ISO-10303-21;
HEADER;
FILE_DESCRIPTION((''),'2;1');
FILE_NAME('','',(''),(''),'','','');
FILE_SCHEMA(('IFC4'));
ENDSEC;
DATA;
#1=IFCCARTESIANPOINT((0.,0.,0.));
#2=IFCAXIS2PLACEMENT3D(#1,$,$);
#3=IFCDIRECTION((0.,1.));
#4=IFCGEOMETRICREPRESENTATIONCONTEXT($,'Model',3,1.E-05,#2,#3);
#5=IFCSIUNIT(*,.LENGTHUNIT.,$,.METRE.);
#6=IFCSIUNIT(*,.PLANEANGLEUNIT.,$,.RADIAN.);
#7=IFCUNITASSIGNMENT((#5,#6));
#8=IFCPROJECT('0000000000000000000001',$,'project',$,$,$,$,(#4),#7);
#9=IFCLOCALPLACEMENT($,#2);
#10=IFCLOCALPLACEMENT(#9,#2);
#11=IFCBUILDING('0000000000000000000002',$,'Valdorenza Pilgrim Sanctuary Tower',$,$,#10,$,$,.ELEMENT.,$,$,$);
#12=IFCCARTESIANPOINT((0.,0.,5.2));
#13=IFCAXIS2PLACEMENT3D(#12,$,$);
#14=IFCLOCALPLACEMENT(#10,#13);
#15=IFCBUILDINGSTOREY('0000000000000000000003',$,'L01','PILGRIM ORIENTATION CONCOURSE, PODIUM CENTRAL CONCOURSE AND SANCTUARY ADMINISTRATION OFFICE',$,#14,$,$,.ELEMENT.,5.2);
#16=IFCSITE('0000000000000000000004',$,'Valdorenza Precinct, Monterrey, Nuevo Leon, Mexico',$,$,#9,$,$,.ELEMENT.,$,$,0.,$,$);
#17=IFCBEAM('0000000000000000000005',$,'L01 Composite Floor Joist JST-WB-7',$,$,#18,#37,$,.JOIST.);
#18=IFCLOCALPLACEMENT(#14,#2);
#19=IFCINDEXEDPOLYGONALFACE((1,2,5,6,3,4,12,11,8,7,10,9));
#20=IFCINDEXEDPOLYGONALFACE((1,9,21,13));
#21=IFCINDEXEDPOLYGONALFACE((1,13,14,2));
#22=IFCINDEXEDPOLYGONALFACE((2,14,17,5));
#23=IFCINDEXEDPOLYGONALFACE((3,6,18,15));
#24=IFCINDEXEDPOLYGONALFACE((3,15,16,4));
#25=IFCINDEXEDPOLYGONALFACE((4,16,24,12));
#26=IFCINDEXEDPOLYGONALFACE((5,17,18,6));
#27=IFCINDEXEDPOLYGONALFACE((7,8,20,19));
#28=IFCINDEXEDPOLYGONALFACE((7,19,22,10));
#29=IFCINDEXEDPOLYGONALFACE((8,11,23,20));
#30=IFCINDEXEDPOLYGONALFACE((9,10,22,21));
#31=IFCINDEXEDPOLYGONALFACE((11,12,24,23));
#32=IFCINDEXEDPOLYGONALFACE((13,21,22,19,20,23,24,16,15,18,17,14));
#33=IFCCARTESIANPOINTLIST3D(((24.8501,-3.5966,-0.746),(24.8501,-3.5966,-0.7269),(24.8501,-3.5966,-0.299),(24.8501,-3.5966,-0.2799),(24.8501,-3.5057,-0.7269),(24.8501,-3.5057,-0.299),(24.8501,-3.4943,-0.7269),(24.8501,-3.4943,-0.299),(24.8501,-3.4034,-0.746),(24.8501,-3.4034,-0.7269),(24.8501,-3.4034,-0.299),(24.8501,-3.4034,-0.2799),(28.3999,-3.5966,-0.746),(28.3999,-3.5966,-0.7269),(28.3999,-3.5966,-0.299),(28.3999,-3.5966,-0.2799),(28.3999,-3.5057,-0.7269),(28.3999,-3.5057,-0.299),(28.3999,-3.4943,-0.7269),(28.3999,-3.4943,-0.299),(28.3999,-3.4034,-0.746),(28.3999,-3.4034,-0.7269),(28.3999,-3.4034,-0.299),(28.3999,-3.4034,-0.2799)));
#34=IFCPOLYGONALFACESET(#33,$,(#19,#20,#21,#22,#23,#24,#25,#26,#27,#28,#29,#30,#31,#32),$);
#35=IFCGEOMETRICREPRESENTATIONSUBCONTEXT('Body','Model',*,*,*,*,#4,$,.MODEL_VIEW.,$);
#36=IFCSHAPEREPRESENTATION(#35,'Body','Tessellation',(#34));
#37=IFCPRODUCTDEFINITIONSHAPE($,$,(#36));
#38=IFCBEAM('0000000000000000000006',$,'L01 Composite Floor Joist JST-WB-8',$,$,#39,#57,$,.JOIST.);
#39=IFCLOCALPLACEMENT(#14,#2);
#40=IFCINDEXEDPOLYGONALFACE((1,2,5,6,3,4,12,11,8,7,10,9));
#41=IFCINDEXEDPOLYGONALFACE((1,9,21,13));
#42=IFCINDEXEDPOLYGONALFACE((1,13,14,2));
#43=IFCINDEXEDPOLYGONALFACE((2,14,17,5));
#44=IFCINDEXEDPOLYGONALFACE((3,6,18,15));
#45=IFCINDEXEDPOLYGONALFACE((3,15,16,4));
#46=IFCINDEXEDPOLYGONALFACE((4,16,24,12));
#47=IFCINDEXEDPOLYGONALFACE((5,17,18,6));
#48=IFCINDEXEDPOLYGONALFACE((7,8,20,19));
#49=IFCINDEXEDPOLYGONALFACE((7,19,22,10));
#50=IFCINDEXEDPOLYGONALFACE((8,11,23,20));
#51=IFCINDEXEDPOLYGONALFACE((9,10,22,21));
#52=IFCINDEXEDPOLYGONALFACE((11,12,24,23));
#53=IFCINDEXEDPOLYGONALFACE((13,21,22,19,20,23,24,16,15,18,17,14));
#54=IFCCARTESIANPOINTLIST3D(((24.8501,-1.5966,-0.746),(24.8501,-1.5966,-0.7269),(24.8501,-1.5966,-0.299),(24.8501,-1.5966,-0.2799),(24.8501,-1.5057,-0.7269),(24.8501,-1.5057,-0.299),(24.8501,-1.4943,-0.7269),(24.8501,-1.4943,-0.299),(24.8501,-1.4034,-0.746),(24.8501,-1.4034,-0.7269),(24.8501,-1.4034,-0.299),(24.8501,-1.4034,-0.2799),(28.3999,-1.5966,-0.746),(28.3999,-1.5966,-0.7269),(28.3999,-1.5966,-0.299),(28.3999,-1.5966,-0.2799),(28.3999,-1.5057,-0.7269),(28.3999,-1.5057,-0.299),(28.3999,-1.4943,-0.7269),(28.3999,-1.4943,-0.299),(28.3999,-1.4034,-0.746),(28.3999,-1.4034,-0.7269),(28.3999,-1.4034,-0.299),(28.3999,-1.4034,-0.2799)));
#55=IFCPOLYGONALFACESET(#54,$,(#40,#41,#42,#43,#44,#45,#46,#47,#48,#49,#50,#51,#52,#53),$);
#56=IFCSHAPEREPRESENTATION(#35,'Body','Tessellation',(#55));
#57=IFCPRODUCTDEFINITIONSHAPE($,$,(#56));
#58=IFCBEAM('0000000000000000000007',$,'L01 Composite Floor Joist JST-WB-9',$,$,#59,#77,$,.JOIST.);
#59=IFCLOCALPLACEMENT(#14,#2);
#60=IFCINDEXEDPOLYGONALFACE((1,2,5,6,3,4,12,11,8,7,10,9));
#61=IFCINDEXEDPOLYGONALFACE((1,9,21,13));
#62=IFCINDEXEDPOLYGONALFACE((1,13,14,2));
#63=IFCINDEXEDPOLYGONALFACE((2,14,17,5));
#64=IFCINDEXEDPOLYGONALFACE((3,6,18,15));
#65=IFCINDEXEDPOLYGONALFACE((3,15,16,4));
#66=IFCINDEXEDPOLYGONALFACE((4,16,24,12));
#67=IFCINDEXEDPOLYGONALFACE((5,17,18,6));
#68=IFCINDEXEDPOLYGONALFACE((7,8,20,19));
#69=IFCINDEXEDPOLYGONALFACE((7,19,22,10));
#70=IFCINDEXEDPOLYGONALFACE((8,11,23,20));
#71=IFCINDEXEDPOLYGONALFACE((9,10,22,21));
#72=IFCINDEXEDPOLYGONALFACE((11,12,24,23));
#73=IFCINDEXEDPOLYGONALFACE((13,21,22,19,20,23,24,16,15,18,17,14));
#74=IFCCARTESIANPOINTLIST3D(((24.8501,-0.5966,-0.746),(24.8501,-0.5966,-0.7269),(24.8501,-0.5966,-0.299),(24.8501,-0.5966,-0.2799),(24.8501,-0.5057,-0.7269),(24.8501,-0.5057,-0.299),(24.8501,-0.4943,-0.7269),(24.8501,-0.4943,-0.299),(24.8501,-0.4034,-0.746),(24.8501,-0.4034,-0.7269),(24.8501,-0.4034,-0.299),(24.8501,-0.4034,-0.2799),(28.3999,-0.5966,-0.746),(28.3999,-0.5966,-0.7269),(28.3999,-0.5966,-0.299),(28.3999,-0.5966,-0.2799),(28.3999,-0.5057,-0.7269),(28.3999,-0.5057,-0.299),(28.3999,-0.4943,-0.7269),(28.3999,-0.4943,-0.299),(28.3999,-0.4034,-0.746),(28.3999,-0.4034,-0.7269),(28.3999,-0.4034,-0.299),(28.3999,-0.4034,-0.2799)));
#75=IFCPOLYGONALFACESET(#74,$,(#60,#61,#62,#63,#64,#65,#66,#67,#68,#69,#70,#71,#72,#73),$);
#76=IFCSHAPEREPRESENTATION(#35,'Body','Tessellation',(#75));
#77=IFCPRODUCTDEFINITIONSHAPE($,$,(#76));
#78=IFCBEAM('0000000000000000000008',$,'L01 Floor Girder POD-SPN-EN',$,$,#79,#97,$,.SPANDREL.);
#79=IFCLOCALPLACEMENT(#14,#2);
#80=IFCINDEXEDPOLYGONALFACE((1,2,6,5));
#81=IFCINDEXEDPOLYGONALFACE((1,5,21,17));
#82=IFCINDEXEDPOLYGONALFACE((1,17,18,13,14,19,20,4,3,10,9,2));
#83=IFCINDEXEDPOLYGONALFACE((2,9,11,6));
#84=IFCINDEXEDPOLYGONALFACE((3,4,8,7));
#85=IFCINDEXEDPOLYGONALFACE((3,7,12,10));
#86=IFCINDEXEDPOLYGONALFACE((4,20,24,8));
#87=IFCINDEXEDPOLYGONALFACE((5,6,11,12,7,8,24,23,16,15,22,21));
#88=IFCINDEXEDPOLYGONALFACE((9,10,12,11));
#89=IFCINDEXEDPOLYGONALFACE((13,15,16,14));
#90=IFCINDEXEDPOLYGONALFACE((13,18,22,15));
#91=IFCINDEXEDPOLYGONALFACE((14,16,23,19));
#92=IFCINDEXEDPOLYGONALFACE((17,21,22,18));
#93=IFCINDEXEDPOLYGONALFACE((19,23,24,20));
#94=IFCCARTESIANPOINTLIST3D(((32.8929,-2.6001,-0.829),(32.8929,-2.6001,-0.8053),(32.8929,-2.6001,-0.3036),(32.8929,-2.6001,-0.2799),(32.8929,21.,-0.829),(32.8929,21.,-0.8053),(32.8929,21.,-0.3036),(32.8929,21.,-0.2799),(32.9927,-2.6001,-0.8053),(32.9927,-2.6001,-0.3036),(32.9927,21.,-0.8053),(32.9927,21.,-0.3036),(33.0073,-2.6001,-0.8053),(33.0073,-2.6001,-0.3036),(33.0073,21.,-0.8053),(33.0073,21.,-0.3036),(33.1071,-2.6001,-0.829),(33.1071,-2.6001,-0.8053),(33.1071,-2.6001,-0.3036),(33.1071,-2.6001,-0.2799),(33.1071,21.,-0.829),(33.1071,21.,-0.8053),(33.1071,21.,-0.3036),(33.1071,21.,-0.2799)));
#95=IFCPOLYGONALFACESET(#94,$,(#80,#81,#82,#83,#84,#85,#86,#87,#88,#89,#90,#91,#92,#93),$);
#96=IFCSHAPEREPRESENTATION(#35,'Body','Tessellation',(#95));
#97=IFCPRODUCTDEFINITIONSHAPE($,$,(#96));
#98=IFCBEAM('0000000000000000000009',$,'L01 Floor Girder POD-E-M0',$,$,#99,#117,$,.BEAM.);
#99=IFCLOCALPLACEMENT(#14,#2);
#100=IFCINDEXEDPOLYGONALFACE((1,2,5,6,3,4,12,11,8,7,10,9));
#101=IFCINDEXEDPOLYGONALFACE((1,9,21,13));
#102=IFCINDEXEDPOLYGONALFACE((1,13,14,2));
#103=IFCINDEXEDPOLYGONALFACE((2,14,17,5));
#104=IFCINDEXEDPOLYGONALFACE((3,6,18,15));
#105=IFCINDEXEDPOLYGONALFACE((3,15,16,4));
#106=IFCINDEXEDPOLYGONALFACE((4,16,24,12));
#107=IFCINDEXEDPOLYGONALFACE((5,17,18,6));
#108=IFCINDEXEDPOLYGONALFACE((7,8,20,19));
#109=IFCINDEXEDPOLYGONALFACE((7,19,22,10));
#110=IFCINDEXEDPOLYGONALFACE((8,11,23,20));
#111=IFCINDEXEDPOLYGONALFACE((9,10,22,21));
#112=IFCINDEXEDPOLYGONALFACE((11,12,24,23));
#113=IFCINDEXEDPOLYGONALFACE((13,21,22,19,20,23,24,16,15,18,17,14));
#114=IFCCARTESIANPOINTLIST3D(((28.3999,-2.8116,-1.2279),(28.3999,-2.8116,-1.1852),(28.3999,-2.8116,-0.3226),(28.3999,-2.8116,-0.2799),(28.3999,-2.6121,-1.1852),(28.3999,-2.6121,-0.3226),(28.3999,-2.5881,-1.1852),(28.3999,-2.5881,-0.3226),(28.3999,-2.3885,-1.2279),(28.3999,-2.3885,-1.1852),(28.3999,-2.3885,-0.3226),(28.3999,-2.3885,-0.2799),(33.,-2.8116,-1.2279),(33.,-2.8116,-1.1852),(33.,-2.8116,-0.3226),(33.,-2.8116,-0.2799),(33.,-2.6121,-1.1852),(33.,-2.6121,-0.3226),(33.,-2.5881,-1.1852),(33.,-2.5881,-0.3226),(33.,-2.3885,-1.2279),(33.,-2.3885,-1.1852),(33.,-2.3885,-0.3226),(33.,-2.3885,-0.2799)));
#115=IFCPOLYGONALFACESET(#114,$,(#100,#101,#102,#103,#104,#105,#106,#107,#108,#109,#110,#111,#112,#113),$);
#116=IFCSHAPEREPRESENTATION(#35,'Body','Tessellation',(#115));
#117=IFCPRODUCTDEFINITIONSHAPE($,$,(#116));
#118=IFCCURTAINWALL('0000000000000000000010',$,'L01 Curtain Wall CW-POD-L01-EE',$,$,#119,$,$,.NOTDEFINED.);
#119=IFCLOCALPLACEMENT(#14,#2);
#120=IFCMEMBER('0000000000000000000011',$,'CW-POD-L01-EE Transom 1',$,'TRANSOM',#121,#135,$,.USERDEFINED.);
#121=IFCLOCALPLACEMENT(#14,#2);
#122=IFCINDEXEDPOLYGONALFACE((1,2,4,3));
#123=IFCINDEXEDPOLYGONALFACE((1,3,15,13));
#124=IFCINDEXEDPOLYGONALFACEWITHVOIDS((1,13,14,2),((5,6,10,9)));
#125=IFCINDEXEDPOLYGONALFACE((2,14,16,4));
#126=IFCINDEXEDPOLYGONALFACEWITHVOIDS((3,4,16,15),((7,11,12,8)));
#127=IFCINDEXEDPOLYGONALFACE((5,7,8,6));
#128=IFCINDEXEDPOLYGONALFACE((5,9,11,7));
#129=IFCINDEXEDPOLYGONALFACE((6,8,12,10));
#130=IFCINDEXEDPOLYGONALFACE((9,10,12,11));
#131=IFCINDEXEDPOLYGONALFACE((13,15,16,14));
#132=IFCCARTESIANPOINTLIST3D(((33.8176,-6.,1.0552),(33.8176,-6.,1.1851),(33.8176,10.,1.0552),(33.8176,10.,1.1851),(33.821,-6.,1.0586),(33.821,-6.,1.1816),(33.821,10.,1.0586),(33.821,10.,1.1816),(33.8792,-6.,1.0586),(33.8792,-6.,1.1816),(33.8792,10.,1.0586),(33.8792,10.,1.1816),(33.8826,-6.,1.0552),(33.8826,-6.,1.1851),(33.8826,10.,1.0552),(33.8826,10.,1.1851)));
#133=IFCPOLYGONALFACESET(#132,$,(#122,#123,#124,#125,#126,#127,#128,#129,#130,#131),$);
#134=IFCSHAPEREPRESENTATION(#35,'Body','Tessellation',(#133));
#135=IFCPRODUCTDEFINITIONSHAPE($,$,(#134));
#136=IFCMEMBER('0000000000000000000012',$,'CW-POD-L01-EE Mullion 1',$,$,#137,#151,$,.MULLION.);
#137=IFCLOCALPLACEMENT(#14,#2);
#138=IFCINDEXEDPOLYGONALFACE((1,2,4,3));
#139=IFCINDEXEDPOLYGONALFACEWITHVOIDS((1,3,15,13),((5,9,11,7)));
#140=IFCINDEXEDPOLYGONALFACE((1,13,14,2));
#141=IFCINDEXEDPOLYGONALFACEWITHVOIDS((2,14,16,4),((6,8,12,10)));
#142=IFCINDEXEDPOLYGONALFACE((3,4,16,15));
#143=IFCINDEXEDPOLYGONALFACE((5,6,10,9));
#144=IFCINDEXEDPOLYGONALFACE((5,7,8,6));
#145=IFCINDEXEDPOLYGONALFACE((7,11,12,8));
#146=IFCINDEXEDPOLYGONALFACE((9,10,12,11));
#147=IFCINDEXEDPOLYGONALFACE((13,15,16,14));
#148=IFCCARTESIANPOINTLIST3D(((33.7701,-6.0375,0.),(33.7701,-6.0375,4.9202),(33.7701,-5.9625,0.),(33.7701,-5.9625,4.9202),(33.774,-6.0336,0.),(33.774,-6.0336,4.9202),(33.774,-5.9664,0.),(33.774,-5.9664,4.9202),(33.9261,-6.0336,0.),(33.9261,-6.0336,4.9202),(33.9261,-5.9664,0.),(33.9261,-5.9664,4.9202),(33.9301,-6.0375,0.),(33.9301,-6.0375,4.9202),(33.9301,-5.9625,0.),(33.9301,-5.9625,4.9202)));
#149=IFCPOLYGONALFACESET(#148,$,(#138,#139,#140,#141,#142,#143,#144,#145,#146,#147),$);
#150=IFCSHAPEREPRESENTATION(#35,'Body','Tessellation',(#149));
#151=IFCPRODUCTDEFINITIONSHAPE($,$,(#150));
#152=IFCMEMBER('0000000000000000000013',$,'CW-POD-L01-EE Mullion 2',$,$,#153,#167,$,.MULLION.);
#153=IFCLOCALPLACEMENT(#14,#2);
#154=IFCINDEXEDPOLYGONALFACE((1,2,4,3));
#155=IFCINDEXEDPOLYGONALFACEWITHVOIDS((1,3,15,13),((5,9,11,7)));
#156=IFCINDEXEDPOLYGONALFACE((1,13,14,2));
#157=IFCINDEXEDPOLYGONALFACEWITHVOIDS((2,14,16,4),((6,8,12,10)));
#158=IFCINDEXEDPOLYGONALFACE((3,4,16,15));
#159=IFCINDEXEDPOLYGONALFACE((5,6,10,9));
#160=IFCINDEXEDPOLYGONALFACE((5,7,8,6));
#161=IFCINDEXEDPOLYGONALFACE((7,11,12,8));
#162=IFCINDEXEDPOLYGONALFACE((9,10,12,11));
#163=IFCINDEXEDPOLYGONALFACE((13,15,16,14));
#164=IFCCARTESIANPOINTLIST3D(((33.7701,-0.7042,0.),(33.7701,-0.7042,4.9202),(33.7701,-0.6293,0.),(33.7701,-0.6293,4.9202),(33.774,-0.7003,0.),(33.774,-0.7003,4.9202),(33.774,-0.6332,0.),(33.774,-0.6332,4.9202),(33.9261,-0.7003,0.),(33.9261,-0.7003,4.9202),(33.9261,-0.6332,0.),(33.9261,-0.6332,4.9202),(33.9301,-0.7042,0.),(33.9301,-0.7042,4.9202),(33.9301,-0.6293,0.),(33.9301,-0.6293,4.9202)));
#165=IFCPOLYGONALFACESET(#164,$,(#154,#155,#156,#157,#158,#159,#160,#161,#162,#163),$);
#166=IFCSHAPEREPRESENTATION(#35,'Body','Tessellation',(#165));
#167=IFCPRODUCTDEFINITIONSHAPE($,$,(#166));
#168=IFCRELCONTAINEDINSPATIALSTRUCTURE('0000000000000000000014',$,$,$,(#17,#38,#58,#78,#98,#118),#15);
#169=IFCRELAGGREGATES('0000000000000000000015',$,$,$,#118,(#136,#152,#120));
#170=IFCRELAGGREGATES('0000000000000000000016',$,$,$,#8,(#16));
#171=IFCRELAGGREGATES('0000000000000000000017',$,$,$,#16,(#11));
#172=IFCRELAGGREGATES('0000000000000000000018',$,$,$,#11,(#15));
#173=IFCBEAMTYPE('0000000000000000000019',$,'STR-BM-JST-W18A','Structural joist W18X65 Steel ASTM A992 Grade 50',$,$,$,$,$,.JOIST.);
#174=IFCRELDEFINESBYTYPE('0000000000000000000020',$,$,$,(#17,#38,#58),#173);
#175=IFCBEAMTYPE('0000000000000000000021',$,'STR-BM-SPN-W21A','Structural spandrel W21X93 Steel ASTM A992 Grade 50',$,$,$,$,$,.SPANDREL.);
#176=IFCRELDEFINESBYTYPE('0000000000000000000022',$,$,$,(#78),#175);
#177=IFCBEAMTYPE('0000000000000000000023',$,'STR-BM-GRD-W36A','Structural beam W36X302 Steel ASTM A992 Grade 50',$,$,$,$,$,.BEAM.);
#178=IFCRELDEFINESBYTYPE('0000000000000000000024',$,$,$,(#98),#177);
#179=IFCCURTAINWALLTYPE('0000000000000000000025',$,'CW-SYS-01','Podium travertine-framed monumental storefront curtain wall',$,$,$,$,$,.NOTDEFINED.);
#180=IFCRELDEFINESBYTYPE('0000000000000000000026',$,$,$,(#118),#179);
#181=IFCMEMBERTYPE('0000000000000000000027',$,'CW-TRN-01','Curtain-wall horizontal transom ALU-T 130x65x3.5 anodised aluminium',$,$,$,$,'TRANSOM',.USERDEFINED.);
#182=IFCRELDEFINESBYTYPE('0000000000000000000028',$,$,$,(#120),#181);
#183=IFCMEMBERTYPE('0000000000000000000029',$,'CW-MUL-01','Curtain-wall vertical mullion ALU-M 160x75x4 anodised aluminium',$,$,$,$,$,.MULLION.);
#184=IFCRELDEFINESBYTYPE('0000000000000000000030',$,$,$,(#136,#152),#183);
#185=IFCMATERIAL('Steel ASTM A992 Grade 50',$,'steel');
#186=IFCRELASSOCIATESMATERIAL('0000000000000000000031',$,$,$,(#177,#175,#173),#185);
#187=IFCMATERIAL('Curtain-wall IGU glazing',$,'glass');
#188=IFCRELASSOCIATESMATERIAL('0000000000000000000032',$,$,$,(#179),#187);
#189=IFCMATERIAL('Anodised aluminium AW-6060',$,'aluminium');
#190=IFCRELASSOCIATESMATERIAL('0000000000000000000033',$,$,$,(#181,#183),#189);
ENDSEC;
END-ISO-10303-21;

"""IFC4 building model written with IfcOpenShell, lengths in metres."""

from ifc_helpers import new_model, si_unit, direction, frame, origin, origin_2d, place, context, subcontext, project, spatial, hollow_rectangle, i_section, extrude, source, transform, mapped, material, material_profile, profile_set, type_object, element, aggregate, save


model = new_model("IFC4")

# Units and contexts
model_context = context("Model", 3, precision=1e-05, world=origin(), true_north=direction((0.0, 1.0)))
body_context = subcontext(model_context, "Body", "Model", "MODEL_VIEW")
ifc_project = project(units=[si_unit("LENGTHUNIT", "METRE"), si_unit("PLANEANGLEUNIT", "RADIAN")], contexts=[model_context])

# Site, building, storey
site_placement = place(None, origin())
site = spatial("IfcSite", under=ifc_project, at=site_placement, Name="Valdorenza Precinct, Monterrey, Nuevo Leon, Mexico", CompositionType="ELEMENT", RefElevation=0.0)
building_placement = place(site_placement, origin())
building = spatial("IfcBuilding", under=site, at=building_placement, Name="Valdorenza Pilgrim Sanctuary Tower", CompositionType="ELEMENT")
storey_placement = place(building_placement, frame((0.0, 0.0, 5.2)))
storey = spatial("IfcBuildingStorey", under=building, at=storey_placement, Name="L01", Description="PILGRIM ORIENTATION CONCOURSE, PODIUM CENTRAL CONCOURSE AND SANCTUARY ADMINISTRATION OFFICE", CompositionType="ELEMENT", Elevation=5.2)

# Beams
ifc_material_1 = material(Name="Steel ASTM A992 Grade 50", Category="steel")
ifc_material_profile_1 = material_profile(ifc_material_1, i_section(OverallWidth=0.4231, OverallDepth=0.948, WebThickness=0.0239, FlangeThickness=0.0427, at=origin_2d()), Name="W36X302")
ifc_profile_set_1 = profile_set([ifc_material_profile_1], Name="Steel ASTM A992 Grade 50")
beam_type_1 = type_object("IfcBeamType", Name="STR-BM-GRD-W36A", Description="Structural beam W36X302 Steel ASTM A992 Grade 50", PredefinedType="BEAM", material=ifc_profile_set_1)
ifc_material_profile_2 = material_profile(ifc_material_1, i_section(OverallWidth=0.2141, OverallDepth=0.5491, WebThickness=0.0146, FlangeThickness=0.0237, at=origin_2d()), Name="W21X93")
ifc_profile_set_2 = profile_set([ifc_material_profile_2], Name="Steel ASTM A992 Grade 50")
beam_type_2 = type_object("IfcBeamType", Name="STR-BM-SPN-W21A", Description="Structural spandrel W21X93 Steel ASTM A992 Grade 50", PredefinedType="SPANDREL", material=ifc_profile_set_2)
ifc_material_profile_3 = material_profile(ifc_material_1, i_section(OverallWidth=0.1931, OverallDepth=0.4661, WebThickness=0.0115, FlangeThickness=0.019, at=origin_2d()), Name="W18X65")
ifc_profile_set_3 = profile_set([ifc_material_profile_3], Name="Steel ASTM A992 Grade 50")
beam_type_3 = type_object("IfcBeamType", Name="STR-BM-JST-W18A", Description="Structural joist W18X65 Steel ASTM A992 Grade 50", PredefinedType="JOIST", material=ifc_profile_set_3)
shared_shape_1 = source(origin(), body_context, "Body", "SweptSolid", [
    extrude(i_section(OverallWidth=0.1931, OverallDepth=0.4661, WebThickness=0.0115, FlangeThickness=0.019, at=origin_2d()), origin(), (0.0, 0.0, 1.0), 3.5498),
])
for number, where, z_axis, x_axis, name in (
    (1, (24.8501, -3.5, -0.5129), (1.0, 0.0, 0.0), (0.0, 1.0, 0.0), "L01 Composite Floor Joist JST-WB-7"),
    (2, (24.8501, -1.5, -0.5129), (1.0, 0.0, 0.0), (0.0, 1.0, 0.0), "L01 Composite Floor Joist JST-WB-8"),
    (3, (24.8501, -0.5, -0.5129), (1.0, 0.0, 0.0), (0.0, 1.0, 0.0), "L01 Composite Floor Joist JST-WB-9"),
):
    element("IfcBeam", number, at=place(storey_placement, frame(where, z_axis=z_axis, x_axis=x_axis)), inside=storey, type_object=beam_type_3, Name=name, PredefinedType="JOIST", context=body_context, shape_type="MappedRepresentation", body=[
        mapped(shared_shape_1, transform((0.0, 0.0, 0.0), x_axis=(1.0, 0.0, 0.0), y_axis=(0.0, 1.0, 0.0), z_axis=(0.0, 0.0, 1.0), scale=1.0)),
    ])
shared_shape_2 = source(origin(), body_context, "Body", "SweptSolid", [
    extrude(i_section(OverallWidth=0.2141, OverallDepth=0.5491, WebThickness=0.0146, FlangeThickness=0.0237, at=origin_2d()), origin(), (0.0, 0.0, 1.0), 23.6001),
])
beam_1_placement = place(storey_placement, frame((33.0, -2.6001, -0.5544), z_axis=(0.0, 1.0, 0.0), x_axis=(-1.0, 0.0, 0.0)))
element("IfcBeam", 4, at=beam_1_placement, inside=storey, type_object=beam_type_2, Name="L01 Floor Girder POD-SPN-EN", PredefinedType="SPANDREL", context=body_context, shape_type="MappedRepresentation", body=[
    mapped(shared_shape_2, transform((0.0, 0.0, 0.0), x_axis=(1.0, 0.0, 0.0), y_axis=(0.0, 1.0, 0.0), z_axis=(0.0, 0.0, 1.0), scale=1.0)),
])
shared_shape_3 = source(origin(), body_context, "Body", "SweptSolid", [
    extrude(i_section(OverallWidth=0.4231, OverallDepth=0.948, WebThickness=0.0239, FlangeThickness=0.0427, at=origin_2d()), origin(), (0.0, 0.0, 1.0), 4.6001),
])
beam_2_placement = place(storey_placement, frame((28.3999, -2.6001, -0.7539), z_axis=(1.0, 0.0, 0.0), x_axis=(0.0, 1.0, 0.0)))
element("IfcBeam", 5, at=beam_2_placement, inside=storey, type_object=beam_type_1, Name="L01 Floor Girder POD-E-M0", PredefinedType="BEAM", context=body_context, shape_type="MappedRepresentation", body=[
    mapped(shared_shape_3, transform((0.0, 0.0, 0.0), x_axis=(1.0, 0.0, 0.0), y_axis=(0.0, 1.0, 0.0), z_axis=(0.0, 0.0, 1.0), scale=1.0)),
])

# Curtain wall, members
ifc_material_2 = material(Name="Curtain-wall IGU glazing", Category="glass")
curtain_wall_type = type_object("IfcCurtainWallType", Name="CW-SYS-01", Description="Podium travertine-framed monumental storefront curtain wall", PredefinedType="NOTDEFINED", material=ifc_material_2)
curtain_wall_placement = place(storey_placement, origin())
curtain_wall = element("IfcCurtainWall", 6, at=curtain_wall_placement, inside=storey, type_object=curtain_wall_type, Name="L01 Curtain Wall CW-POD-L01-EE", PredefinedType="NOTDEFINED")
ifc_material_3 = material(Name="Anodised aluminium AW-6060", Category="aluminium")
ifc_material_profile_4 = material_profile(ifc_material_3, hollow_rectangle(XDim=0.0649, YDim=0.1299, WallThickness=0.0034, at=origin_2d()), Name="ALU-T 130x65x3.5")
ifc_profile_set_4 = profile_set([ifc_material_profile_4], Name="Anodised aluminium AW-6060")
member_type_1 = type_object("IfcMemberType", Name="CW-TRN-01", Description="Curtain-wall horizontal transom ALU-T 130x65x3.5 anodised aluminium", ElementType="TRANSOM", PredefinedType="USERDEFINED", material=ifc_profile_set_4)
shared_shape_4 = source(origin(), body_context, "Body", "SweptSolid", [
    extrude(hollow_rectangle(XDim=0.0649, YDim=0.1299, WallThickness=0.0034, at=origin_2d()), origin(), (0.0, 0.0, 1.0), 16.0),
])
member_1_placement = place(storey_placement, frame((33.8501, -6.0, 1.1201), z_axis=(0.0, 1.0, 0.0), x_axis=(-1.0, 0.0, 0.0)))
member_1 = element("IfcMember", 7, at=member_1_placement, type_object=member_type_1, Name="CW-POD-L01-EE Transom 1", ObjectType="TRANSOM", PredefinedType="USERDEFINED", context=body_context, shape_type="MappedRepresentation", body=[
    mapped(shared_shape_4, transform((0.0, 0.0, 0.0), x_axis=(1.0, 0.0, 0.0), y_axis=(0.0, 1.0, 0.0), z_axis=(0.0, 0.0, 1.0), scale=1.0)),
])
ifc_material_profile_5 = material_profile(ifc_material_3, hollow_rectangle(XDim=0.075, YDim=0.1599, WallThickness=0.0039, at=origin_2d()), Name="ALU-M 160x75x4")
ifc_profile_set_5 = profile_set([ifc_material_profile_5], Name="Anodised aluminium AW-6060")
member_type_2 = type_object("IfcMemberType", Name="CW-MUL-01", Description="Curtain-wall vertical mullion ALU-M 160x75x4 anodised aluminium", PredefinedType="MULLION", material=ifc_profile_set_5)
shared_shape_5 = source(origin(), body_context, "Body", "SweptSolid", [
    extrude(hollow_rectangle(XDim=0.075, YDim=0.1599, WallThickness=0.0039, at=origin_2d()), origin(), (0.0, 0.0, 1.0), 4.9202),
])
member_2_placement = place(storey_placement, frame((33.8501, -6.0, 0.0), z_axis=(0.0, 0.0, 1.0), x_axis=(0.0, 1.0, 0.0)))
member_2 = element("IfcMember", 8, at=member_2_placement, type_object=member_type_2, Name="CW-POD-L01-EE Mullion 1", PredefinedType="MULLION", context=body_context, shape_type="MappedRepresentation", body=[
    mapped(shared_shape_5, transform((0.0, 0.0, 0.0), x_axis=(1.0, 0.0, 0.0), y_axis=(0.0, 1.0, 0.0), z_axis=(0.0, 0.0, 1.0), scale=1.0)),
])
member_3_placement = place(storey_placement, frame((33.8501, -0.6667, 0.0), z_axis=(0.0, 0.0, 1.0), x_axis=(0.0, 1.0, 0.0)))
member_3 = element("IfcMember", 9, at=member_3_placement, type_object=member_type_2, Name="CW-POD-L01-EE Mullion 2", PredefinedType="MULLION", context=body_context, shape_type="MappedRepresentation", body=[
    mapped(shared_shape_5, transform((0.0, 0.0, 0.0), x_axis=(1.0, 0.0, 0.0), y_axis=(0.0, 1.0, 0.0), z_axis=(0.0, 0.0, 1.0), scale=1.0)),
])
aggregate(curtain_wall, [member_2, member_3, member_1])

save(model, "model.ifc")
